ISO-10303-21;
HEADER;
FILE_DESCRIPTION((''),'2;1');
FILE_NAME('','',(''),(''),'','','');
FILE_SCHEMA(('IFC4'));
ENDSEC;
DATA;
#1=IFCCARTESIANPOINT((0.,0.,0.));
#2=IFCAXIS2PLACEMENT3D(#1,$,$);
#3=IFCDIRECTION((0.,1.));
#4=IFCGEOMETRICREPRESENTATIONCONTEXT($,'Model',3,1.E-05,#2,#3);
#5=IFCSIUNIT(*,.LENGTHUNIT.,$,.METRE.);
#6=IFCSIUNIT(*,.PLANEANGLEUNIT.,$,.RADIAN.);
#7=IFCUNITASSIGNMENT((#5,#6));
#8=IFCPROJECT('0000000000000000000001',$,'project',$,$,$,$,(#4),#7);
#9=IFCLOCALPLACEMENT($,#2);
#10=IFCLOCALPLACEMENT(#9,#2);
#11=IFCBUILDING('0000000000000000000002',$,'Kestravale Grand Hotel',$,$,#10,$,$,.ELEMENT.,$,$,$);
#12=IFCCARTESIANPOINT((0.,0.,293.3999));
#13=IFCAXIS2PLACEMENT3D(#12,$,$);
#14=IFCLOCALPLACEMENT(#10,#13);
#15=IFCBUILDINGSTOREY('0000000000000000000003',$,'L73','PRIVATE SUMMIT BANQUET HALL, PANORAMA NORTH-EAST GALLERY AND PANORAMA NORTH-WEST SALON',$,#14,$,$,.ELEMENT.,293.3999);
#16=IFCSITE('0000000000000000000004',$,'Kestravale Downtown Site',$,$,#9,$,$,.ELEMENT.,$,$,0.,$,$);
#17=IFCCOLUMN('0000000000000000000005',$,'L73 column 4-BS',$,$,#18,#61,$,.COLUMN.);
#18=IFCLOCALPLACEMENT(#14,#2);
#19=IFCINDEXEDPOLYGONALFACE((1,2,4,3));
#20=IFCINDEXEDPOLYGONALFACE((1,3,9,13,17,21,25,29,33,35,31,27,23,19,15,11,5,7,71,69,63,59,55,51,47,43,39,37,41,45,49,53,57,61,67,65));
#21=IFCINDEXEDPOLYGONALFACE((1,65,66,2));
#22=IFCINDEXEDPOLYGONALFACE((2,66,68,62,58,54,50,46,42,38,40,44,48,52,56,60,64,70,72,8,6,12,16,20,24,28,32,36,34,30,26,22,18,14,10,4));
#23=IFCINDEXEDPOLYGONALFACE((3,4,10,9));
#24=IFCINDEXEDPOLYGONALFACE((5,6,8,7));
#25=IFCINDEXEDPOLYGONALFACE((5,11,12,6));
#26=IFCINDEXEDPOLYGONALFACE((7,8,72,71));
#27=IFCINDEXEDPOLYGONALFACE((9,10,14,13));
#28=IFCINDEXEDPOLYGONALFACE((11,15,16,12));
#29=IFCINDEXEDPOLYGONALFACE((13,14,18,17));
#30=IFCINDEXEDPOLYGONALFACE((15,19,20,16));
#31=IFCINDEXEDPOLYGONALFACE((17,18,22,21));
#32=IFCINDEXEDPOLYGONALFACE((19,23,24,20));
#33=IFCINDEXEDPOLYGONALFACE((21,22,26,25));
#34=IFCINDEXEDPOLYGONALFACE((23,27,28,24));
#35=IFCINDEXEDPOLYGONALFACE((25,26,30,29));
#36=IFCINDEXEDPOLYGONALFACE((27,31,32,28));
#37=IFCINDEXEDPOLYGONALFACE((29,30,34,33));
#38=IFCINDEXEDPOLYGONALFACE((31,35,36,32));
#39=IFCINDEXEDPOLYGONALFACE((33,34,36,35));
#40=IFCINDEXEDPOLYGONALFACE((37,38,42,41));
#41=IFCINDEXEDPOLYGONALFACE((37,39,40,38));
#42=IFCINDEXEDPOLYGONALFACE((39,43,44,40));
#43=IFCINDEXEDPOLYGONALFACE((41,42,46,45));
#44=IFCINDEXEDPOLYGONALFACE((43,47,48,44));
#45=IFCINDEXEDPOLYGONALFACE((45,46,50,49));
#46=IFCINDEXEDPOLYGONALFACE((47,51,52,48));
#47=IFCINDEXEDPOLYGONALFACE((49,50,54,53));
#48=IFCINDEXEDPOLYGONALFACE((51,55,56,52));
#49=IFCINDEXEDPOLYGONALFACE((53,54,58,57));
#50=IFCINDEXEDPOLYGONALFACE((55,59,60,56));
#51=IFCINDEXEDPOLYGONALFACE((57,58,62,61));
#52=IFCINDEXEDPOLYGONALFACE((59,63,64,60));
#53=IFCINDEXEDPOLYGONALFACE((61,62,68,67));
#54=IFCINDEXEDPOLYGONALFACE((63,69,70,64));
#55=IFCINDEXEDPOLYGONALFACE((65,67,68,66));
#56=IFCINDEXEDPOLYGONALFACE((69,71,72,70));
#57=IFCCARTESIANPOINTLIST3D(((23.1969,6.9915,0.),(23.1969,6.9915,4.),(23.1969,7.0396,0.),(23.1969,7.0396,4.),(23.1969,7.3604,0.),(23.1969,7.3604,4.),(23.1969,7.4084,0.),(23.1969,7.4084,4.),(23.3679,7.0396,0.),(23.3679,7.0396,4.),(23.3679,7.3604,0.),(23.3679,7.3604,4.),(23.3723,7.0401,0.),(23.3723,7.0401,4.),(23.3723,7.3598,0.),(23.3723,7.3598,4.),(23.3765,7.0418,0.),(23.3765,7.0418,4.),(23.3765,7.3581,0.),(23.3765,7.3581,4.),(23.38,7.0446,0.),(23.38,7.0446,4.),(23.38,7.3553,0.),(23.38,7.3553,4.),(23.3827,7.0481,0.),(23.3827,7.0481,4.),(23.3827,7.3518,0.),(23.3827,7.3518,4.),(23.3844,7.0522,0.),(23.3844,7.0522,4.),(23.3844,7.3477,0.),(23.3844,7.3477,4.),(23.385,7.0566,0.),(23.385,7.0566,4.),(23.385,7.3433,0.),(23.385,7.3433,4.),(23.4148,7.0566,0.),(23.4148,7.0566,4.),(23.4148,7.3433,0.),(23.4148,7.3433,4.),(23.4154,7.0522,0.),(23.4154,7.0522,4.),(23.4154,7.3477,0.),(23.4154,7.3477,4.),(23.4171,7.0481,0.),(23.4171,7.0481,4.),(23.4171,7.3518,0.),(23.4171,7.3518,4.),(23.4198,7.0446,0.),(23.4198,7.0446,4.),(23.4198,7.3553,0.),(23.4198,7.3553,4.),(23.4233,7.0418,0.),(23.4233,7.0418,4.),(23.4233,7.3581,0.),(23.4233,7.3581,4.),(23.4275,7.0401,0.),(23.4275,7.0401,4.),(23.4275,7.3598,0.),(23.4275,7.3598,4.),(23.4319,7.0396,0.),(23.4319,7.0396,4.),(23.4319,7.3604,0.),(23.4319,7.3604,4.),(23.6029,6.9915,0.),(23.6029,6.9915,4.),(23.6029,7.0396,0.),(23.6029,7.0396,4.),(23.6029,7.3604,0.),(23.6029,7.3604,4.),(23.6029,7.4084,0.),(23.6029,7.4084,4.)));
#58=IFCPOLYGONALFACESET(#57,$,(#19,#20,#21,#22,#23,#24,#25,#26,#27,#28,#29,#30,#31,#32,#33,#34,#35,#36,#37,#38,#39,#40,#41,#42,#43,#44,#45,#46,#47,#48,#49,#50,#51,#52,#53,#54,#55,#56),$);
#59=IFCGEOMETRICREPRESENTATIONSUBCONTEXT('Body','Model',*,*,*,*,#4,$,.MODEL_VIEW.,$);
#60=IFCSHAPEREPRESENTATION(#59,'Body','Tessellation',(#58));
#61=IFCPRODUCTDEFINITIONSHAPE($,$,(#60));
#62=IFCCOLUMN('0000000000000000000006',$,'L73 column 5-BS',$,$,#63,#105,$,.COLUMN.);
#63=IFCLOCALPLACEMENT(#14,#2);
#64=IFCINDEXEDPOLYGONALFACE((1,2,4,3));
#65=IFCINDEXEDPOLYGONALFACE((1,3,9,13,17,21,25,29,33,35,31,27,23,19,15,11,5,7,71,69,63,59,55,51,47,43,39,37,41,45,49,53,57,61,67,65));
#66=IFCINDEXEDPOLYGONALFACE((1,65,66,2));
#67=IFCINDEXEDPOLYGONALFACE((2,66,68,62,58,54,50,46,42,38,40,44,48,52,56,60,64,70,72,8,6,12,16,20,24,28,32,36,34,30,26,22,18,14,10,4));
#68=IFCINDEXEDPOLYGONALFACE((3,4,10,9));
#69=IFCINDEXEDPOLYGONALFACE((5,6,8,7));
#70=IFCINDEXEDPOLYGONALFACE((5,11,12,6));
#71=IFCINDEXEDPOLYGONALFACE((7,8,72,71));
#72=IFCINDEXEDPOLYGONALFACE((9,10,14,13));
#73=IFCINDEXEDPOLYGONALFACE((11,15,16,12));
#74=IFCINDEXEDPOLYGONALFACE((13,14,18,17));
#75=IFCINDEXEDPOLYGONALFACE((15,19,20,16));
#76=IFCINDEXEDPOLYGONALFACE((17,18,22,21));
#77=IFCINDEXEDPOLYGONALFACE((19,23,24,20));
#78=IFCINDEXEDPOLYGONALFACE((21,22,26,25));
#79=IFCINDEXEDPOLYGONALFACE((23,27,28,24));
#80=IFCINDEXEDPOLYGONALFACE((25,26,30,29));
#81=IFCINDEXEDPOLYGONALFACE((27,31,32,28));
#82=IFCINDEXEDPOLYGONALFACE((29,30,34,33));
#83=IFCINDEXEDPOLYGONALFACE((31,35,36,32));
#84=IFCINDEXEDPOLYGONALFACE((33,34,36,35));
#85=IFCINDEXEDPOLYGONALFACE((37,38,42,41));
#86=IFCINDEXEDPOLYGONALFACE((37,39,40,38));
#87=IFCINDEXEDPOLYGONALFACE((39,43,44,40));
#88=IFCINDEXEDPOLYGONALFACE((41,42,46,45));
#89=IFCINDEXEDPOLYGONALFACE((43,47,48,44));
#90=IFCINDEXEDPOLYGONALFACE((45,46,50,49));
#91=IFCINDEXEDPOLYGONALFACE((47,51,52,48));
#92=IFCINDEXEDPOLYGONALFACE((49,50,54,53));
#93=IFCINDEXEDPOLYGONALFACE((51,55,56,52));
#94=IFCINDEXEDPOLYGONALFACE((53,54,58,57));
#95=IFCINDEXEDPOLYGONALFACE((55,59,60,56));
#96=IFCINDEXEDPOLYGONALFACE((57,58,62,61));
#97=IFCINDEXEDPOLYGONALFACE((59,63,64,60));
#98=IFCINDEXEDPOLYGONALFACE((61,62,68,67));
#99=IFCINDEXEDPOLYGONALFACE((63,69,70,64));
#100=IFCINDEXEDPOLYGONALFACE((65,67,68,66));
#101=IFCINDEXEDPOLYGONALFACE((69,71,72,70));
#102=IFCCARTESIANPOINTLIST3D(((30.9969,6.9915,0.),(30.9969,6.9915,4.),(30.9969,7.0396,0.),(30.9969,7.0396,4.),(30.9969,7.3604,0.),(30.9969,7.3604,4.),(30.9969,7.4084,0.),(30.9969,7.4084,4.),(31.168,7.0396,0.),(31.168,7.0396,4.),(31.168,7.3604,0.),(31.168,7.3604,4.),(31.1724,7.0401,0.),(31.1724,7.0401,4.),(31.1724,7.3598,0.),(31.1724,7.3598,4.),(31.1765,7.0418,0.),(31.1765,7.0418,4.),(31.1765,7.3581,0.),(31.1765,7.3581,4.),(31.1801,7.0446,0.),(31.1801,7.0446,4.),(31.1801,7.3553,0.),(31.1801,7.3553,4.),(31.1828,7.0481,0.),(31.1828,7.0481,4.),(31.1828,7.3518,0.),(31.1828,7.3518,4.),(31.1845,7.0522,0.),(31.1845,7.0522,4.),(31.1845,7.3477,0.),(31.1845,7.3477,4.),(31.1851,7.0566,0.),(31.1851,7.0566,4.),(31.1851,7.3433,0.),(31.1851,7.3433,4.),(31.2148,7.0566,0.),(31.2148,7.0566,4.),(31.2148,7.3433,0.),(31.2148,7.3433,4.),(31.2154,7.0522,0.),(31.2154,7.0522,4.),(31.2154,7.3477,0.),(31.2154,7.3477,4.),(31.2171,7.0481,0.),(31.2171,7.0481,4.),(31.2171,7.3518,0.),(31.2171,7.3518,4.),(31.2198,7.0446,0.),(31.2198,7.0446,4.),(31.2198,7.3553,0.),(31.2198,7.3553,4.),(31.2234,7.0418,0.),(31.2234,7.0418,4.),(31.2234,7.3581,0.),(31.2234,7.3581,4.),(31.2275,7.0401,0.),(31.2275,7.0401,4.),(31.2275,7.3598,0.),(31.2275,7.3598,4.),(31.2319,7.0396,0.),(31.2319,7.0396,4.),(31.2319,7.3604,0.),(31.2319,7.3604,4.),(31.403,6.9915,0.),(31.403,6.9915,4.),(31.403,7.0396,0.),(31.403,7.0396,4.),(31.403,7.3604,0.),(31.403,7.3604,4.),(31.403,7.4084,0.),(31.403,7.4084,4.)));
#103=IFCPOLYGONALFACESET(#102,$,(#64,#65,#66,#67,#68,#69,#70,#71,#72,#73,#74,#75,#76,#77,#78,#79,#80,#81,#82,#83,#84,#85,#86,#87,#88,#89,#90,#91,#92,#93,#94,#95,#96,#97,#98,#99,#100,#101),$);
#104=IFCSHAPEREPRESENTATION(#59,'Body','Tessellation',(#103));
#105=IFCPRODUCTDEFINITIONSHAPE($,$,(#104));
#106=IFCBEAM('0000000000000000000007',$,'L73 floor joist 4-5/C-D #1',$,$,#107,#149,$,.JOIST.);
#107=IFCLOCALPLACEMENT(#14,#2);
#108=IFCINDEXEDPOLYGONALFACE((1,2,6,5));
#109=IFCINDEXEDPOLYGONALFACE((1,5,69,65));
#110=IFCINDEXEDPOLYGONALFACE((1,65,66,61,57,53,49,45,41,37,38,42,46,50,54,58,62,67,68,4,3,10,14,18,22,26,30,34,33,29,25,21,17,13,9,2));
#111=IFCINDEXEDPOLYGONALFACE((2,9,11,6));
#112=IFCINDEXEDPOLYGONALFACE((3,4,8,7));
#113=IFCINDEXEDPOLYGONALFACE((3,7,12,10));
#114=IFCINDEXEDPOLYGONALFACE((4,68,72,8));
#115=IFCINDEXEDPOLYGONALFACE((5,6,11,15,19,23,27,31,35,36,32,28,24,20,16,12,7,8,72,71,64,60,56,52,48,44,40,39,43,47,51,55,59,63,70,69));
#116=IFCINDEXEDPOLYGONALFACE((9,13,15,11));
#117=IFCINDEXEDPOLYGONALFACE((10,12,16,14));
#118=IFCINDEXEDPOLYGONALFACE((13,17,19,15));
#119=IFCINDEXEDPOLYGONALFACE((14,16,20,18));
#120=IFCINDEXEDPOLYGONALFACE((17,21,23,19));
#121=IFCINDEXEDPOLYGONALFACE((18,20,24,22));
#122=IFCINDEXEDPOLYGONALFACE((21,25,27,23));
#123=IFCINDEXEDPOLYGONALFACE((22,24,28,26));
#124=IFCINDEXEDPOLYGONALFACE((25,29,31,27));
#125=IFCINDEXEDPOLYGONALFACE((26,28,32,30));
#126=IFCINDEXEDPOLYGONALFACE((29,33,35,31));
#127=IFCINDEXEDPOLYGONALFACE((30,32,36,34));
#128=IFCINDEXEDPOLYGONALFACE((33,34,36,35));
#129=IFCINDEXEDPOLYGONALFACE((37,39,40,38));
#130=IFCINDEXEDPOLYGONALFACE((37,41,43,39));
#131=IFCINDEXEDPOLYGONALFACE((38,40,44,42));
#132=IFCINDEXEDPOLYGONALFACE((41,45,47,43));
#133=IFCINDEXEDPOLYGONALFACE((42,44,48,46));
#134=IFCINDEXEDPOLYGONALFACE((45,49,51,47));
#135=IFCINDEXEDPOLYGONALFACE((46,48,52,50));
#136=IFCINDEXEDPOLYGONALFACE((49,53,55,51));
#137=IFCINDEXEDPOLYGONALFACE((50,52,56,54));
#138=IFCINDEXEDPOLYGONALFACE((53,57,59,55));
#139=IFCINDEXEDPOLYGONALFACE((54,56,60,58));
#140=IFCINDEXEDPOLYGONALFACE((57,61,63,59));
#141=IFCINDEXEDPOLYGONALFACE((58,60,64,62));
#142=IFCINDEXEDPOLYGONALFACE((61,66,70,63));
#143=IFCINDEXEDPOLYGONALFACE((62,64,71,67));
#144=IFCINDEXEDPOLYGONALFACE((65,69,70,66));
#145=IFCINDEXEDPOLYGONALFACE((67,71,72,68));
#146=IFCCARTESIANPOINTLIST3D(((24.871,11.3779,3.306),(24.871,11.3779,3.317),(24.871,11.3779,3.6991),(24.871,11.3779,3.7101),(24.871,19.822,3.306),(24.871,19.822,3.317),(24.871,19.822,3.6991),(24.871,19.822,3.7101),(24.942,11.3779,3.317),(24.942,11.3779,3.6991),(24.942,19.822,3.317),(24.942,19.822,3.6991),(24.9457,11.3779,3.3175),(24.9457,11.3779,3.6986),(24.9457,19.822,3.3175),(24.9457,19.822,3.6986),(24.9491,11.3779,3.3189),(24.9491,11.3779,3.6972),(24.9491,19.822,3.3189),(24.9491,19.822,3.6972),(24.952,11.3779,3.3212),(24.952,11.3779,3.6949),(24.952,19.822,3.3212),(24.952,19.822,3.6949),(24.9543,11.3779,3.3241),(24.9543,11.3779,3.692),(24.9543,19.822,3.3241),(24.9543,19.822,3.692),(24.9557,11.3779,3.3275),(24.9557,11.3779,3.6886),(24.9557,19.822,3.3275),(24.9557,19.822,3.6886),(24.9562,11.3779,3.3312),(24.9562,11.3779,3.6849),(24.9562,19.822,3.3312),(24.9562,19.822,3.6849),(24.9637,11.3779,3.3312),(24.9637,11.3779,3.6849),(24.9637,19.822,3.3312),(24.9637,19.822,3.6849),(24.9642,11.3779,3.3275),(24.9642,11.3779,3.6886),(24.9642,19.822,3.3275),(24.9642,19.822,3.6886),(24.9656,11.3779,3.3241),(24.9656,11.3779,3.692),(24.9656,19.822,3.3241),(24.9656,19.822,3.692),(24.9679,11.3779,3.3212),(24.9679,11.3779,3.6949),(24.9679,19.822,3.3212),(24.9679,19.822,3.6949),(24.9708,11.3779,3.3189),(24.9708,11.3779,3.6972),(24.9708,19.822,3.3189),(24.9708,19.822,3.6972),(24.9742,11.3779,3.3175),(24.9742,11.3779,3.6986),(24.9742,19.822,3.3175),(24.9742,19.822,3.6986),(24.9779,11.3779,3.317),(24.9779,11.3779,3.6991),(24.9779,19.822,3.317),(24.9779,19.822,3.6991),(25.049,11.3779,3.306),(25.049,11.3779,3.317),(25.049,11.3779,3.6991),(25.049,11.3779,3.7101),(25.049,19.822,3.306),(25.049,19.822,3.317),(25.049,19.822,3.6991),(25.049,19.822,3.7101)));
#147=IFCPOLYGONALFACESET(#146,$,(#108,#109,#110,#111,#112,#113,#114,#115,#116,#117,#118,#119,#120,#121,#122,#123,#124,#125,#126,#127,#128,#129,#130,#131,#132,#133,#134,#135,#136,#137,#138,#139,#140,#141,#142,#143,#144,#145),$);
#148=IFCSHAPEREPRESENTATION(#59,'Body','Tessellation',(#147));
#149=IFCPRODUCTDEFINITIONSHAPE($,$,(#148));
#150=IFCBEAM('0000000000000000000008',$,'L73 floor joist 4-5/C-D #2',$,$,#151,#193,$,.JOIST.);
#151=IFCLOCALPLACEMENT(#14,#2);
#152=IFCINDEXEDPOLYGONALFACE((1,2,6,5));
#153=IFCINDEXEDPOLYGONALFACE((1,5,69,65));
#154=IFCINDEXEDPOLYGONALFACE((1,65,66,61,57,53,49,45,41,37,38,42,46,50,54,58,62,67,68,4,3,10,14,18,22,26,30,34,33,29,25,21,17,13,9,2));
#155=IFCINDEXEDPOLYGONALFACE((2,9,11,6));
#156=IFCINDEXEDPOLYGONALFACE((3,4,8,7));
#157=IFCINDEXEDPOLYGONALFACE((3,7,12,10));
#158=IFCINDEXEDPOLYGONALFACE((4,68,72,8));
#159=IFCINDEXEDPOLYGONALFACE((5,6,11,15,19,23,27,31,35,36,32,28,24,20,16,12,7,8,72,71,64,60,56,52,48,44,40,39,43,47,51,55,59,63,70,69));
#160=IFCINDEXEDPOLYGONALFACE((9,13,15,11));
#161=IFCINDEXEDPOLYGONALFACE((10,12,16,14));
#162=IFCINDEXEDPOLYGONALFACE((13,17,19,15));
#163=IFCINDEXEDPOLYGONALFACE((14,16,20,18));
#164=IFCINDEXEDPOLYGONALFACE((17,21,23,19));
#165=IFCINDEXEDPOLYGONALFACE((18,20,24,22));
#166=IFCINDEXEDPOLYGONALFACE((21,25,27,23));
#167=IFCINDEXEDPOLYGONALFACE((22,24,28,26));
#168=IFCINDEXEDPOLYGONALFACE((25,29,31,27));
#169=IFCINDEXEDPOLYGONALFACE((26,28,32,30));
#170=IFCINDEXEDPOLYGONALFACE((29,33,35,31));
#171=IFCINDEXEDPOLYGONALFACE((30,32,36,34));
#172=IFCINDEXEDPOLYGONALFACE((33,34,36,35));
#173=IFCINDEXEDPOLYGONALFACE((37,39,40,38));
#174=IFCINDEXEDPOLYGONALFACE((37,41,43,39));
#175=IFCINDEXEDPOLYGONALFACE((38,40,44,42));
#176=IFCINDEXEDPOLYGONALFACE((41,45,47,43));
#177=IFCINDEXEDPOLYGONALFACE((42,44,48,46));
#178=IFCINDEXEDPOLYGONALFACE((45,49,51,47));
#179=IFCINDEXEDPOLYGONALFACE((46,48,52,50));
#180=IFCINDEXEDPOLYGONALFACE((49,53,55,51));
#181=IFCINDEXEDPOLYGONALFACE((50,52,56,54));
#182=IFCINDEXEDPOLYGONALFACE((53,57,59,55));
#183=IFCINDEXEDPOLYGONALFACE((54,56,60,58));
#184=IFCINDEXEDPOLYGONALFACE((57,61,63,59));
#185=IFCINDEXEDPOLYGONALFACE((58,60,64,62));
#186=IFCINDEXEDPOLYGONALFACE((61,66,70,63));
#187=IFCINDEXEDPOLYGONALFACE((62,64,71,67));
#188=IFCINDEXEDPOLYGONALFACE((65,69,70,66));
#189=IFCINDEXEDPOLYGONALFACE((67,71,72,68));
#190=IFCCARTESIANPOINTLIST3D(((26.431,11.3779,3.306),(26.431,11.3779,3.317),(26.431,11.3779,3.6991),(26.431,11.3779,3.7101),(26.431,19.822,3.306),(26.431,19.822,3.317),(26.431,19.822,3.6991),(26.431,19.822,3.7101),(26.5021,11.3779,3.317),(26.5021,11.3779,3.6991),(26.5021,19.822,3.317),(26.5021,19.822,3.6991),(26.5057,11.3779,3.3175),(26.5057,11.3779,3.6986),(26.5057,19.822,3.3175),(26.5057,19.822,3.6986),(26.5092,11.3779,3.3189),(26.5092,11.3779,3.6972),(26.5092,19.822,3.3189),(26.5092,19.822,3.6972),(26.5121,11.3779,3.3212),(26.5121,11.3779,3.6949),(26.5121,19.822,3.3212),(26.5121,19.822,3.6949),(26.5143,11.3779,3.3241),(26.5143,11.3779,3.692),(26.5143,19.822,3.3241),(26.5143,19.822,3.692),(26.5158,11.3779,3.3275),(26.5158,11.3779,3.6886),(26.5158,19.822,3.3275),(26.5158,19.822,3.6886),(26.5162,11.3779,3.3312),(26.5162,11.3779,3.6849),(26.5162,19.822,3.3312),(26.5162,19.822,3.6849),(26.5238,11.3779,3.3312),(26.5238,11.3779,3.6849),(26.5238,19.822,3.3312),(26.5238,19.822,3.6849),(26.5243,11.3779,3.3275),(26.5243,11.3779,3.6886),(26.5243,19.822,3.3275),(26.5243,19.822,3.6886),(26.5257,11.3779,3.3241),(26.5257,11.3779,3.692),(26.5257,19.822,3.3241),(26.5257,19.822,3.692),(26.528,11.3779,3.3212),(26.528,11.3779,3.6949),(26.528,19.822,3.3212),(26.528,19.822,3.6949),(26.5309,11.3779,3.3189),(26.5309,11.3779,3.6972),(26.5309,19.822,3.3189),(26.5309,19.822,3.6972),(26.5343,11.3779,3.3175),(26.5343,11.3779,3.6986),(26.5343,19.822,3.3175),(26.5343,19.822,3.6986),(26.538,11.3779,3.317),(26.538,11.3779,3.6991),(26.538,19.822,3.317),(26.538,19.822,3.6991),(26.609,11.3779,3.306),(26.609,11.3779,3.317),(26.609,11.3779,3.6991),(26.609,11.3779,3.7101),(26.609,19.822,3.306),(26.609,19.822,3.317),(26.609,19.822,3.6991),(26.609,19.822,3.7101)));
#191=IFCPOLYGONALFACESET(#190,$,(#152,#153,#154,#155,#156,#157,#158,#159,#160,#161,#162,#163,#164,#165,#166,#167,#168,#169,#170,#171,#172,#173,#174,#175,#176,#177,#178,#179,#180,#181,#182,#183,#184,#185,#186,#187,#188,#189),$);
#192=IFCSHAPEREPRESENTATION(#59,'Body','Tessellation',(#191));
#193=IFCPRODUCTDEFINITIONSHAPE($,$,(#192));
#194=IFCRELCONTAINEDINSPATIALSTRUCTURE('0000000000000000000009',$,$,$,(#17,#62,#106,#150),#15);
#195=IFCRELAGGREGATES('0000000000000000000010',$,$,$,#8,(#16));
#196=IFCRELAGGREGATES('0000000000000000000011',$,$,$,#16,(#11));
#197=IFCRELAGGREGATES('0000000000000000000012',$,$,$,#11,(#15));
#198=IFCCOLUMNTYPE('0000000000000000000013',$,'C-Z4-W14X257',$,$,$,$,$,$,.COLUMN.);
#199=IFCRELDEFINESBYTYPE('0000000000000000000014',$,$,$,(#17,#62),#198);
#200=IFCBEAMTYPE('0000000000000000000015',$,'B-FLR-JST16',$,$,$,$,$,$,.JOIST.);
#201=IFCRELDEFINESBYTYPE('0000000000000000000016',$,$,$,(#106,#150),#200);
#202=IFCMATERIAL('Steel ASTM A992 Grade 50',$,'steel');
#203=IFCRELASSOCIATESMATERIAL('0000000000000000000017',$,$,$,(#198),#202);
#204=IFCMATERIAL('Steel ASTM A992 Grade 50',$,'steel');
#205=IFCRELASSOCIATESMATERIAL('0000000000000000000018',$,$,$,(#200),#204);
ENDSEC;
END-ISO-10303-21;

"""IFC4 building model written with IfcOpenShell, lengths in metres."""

from ifc_helpers import new_model, si_unit, direction, frame, origin, origin_2d, place, context, subcontext, project, spatial, i_section, extrude, material, material_profile, profile_set, type_object, element, save


model = new_model("IFC4")

# Units and contexts
model_context = context("Model", 3, precision=1e-05, world=origin(), true_north=direction((0.0, 1.0)))
body_context = subcontext(model_context, "Body", "Model", "MODEL_VIEW")
ifc_project = project(units=[si_unit("LENGTHUNIT", "METRE"), si_unit("PLANEANGLEUNIT", "RADIAN")], contexts=[model_context])

# Site, building, storey
site_placement = place(None, origin())
site = spatial("IfcSite", under=ifc_project, at=site_placement, Name="Kestravale Downtown Site", CompositionType="ELEMENT", RefElevation=0.0)
building_placement = place(site_placement, origin())
building = spatial("IfcBuilding", under=site, at=building_placement, Name="Kestravale Grand Hotel", CompositionType="ELEMENT")
storey_placement = place(building_placement, frame((0.0, 0.0, 293.3999)))
storey = spatial("IfcBuildingStorey", under=building, at=storey_placement, Name="L73", Description="PRIVATE SUMMIT BANQUET HALL, PANORAMA NORTH-EAST GALLERY AND PANORAMA NORTH-WEST SALON", CompositionType="ELEMENT", Elevation=293.3999)

# Columns
ifc_material_1 = material(Name="Steel ASTM A992 Grade 50", Category="steel")
ifc_material_profile_1 = material_profile(ifc_material_1, i_section(OverallWidth=0.406, OverallDepth=0.417, WebThickness=0.0298, FlangeThickness=0.0481, FilletRadius=0.0171, at=origin_2d()))
ifc_profile_set_1 = profile_set([ifc_material_profile_1], Name="Steel ASTM A992 Grade 50")
column_type_1 = type_object("IfcColumnType", Name="C-Z4-W14X257", PredefinedType="COLUMN", material=ifc_profile_set_1)
for number, where, z_axis, x_axis, name in (
    (1, (23.3999, 7.2, 0.0), (0.0, 0.0, 1.0), (1.0, 0.0, 0.0), "L73 column 4-BS"),
    (2, (31.2, 7.2, 0.0), (0.0, 0.0, 1.0), (1.0, 0.0, 0.0), "L73 column 5-BS"),
):
    element("IfcColumn", number, at=place(storey_placement, frame(where, z_axis=z_axis, x_axis=x_axis)), inside=storey, type_object=column_type_1, Name=name, PredefinedType="COLUMN", context=body_context, shape_type="SweptSolid", body=[
        extrude(i_section(OverallWidth=0.406, OverallDepth=0.417, WebThickness=0.0298, FlangeThickness=0.0481, FilletRadius=0.0171, at=origin_2d()), origin(), (0.0, 0.0, 1.0), 4.0),
    ])

# Beams
ifc_material_2 = material(Name="Steel ASTM A992 Grade 50", Category="steel")
ifc_material_profile_2 = material_profile(ifc_material_2, i_section(OverallWidth=0.178, OverallDepth=0.4041, WebThickness=0.0076, FlangeThickness=0.011, FilletRadius=0.0142, at=origin_2d()))
ifc_profile_set_2 = profile_set([ifc_material_profile_2], Name="Steel ASTM A992 Grade 50")
beam_type_1 = type_object("IfcBeamType", Name="B-FLR-JST16", PredefinedType="JOIST", material=ifc_profile_set_2)
for number, where, z_axis, x_axis, name in (
    (3, (24.96, 11.3779, 3.5081), (0.0, 1.0, 0.0), (-1.0, 0.0, 0.0), "L73 floor joist 4-5/C-D #1"),
    (4, (26.52, 11.3779, 3.5081), (0.0, 1.0, 0.0), (-1.0, 0.0, 0.0), "L73 floor joist 4-5/C-D #2"),
):
    element("IfcBeam", number, at=place(storey_placement, frame(where, z_axis=z_axis, x_axis=x_axis)), inside=storey, type_object=beam_type_1, Name=name, PredefinedType="JOIST", context=body_context, shape_type="SweptSolid", body=[
        extrude(i_section(OverallWidth=0.178, OverallDepth=0.4041, WebThickness=0.0076, FlangeThickness=0.011, FilletRadius=0.0142, at=origin_2d()), origin(), (0.0, 0.0, 1.0), 8.4441),
    ])

save(model, "model.ifc")
